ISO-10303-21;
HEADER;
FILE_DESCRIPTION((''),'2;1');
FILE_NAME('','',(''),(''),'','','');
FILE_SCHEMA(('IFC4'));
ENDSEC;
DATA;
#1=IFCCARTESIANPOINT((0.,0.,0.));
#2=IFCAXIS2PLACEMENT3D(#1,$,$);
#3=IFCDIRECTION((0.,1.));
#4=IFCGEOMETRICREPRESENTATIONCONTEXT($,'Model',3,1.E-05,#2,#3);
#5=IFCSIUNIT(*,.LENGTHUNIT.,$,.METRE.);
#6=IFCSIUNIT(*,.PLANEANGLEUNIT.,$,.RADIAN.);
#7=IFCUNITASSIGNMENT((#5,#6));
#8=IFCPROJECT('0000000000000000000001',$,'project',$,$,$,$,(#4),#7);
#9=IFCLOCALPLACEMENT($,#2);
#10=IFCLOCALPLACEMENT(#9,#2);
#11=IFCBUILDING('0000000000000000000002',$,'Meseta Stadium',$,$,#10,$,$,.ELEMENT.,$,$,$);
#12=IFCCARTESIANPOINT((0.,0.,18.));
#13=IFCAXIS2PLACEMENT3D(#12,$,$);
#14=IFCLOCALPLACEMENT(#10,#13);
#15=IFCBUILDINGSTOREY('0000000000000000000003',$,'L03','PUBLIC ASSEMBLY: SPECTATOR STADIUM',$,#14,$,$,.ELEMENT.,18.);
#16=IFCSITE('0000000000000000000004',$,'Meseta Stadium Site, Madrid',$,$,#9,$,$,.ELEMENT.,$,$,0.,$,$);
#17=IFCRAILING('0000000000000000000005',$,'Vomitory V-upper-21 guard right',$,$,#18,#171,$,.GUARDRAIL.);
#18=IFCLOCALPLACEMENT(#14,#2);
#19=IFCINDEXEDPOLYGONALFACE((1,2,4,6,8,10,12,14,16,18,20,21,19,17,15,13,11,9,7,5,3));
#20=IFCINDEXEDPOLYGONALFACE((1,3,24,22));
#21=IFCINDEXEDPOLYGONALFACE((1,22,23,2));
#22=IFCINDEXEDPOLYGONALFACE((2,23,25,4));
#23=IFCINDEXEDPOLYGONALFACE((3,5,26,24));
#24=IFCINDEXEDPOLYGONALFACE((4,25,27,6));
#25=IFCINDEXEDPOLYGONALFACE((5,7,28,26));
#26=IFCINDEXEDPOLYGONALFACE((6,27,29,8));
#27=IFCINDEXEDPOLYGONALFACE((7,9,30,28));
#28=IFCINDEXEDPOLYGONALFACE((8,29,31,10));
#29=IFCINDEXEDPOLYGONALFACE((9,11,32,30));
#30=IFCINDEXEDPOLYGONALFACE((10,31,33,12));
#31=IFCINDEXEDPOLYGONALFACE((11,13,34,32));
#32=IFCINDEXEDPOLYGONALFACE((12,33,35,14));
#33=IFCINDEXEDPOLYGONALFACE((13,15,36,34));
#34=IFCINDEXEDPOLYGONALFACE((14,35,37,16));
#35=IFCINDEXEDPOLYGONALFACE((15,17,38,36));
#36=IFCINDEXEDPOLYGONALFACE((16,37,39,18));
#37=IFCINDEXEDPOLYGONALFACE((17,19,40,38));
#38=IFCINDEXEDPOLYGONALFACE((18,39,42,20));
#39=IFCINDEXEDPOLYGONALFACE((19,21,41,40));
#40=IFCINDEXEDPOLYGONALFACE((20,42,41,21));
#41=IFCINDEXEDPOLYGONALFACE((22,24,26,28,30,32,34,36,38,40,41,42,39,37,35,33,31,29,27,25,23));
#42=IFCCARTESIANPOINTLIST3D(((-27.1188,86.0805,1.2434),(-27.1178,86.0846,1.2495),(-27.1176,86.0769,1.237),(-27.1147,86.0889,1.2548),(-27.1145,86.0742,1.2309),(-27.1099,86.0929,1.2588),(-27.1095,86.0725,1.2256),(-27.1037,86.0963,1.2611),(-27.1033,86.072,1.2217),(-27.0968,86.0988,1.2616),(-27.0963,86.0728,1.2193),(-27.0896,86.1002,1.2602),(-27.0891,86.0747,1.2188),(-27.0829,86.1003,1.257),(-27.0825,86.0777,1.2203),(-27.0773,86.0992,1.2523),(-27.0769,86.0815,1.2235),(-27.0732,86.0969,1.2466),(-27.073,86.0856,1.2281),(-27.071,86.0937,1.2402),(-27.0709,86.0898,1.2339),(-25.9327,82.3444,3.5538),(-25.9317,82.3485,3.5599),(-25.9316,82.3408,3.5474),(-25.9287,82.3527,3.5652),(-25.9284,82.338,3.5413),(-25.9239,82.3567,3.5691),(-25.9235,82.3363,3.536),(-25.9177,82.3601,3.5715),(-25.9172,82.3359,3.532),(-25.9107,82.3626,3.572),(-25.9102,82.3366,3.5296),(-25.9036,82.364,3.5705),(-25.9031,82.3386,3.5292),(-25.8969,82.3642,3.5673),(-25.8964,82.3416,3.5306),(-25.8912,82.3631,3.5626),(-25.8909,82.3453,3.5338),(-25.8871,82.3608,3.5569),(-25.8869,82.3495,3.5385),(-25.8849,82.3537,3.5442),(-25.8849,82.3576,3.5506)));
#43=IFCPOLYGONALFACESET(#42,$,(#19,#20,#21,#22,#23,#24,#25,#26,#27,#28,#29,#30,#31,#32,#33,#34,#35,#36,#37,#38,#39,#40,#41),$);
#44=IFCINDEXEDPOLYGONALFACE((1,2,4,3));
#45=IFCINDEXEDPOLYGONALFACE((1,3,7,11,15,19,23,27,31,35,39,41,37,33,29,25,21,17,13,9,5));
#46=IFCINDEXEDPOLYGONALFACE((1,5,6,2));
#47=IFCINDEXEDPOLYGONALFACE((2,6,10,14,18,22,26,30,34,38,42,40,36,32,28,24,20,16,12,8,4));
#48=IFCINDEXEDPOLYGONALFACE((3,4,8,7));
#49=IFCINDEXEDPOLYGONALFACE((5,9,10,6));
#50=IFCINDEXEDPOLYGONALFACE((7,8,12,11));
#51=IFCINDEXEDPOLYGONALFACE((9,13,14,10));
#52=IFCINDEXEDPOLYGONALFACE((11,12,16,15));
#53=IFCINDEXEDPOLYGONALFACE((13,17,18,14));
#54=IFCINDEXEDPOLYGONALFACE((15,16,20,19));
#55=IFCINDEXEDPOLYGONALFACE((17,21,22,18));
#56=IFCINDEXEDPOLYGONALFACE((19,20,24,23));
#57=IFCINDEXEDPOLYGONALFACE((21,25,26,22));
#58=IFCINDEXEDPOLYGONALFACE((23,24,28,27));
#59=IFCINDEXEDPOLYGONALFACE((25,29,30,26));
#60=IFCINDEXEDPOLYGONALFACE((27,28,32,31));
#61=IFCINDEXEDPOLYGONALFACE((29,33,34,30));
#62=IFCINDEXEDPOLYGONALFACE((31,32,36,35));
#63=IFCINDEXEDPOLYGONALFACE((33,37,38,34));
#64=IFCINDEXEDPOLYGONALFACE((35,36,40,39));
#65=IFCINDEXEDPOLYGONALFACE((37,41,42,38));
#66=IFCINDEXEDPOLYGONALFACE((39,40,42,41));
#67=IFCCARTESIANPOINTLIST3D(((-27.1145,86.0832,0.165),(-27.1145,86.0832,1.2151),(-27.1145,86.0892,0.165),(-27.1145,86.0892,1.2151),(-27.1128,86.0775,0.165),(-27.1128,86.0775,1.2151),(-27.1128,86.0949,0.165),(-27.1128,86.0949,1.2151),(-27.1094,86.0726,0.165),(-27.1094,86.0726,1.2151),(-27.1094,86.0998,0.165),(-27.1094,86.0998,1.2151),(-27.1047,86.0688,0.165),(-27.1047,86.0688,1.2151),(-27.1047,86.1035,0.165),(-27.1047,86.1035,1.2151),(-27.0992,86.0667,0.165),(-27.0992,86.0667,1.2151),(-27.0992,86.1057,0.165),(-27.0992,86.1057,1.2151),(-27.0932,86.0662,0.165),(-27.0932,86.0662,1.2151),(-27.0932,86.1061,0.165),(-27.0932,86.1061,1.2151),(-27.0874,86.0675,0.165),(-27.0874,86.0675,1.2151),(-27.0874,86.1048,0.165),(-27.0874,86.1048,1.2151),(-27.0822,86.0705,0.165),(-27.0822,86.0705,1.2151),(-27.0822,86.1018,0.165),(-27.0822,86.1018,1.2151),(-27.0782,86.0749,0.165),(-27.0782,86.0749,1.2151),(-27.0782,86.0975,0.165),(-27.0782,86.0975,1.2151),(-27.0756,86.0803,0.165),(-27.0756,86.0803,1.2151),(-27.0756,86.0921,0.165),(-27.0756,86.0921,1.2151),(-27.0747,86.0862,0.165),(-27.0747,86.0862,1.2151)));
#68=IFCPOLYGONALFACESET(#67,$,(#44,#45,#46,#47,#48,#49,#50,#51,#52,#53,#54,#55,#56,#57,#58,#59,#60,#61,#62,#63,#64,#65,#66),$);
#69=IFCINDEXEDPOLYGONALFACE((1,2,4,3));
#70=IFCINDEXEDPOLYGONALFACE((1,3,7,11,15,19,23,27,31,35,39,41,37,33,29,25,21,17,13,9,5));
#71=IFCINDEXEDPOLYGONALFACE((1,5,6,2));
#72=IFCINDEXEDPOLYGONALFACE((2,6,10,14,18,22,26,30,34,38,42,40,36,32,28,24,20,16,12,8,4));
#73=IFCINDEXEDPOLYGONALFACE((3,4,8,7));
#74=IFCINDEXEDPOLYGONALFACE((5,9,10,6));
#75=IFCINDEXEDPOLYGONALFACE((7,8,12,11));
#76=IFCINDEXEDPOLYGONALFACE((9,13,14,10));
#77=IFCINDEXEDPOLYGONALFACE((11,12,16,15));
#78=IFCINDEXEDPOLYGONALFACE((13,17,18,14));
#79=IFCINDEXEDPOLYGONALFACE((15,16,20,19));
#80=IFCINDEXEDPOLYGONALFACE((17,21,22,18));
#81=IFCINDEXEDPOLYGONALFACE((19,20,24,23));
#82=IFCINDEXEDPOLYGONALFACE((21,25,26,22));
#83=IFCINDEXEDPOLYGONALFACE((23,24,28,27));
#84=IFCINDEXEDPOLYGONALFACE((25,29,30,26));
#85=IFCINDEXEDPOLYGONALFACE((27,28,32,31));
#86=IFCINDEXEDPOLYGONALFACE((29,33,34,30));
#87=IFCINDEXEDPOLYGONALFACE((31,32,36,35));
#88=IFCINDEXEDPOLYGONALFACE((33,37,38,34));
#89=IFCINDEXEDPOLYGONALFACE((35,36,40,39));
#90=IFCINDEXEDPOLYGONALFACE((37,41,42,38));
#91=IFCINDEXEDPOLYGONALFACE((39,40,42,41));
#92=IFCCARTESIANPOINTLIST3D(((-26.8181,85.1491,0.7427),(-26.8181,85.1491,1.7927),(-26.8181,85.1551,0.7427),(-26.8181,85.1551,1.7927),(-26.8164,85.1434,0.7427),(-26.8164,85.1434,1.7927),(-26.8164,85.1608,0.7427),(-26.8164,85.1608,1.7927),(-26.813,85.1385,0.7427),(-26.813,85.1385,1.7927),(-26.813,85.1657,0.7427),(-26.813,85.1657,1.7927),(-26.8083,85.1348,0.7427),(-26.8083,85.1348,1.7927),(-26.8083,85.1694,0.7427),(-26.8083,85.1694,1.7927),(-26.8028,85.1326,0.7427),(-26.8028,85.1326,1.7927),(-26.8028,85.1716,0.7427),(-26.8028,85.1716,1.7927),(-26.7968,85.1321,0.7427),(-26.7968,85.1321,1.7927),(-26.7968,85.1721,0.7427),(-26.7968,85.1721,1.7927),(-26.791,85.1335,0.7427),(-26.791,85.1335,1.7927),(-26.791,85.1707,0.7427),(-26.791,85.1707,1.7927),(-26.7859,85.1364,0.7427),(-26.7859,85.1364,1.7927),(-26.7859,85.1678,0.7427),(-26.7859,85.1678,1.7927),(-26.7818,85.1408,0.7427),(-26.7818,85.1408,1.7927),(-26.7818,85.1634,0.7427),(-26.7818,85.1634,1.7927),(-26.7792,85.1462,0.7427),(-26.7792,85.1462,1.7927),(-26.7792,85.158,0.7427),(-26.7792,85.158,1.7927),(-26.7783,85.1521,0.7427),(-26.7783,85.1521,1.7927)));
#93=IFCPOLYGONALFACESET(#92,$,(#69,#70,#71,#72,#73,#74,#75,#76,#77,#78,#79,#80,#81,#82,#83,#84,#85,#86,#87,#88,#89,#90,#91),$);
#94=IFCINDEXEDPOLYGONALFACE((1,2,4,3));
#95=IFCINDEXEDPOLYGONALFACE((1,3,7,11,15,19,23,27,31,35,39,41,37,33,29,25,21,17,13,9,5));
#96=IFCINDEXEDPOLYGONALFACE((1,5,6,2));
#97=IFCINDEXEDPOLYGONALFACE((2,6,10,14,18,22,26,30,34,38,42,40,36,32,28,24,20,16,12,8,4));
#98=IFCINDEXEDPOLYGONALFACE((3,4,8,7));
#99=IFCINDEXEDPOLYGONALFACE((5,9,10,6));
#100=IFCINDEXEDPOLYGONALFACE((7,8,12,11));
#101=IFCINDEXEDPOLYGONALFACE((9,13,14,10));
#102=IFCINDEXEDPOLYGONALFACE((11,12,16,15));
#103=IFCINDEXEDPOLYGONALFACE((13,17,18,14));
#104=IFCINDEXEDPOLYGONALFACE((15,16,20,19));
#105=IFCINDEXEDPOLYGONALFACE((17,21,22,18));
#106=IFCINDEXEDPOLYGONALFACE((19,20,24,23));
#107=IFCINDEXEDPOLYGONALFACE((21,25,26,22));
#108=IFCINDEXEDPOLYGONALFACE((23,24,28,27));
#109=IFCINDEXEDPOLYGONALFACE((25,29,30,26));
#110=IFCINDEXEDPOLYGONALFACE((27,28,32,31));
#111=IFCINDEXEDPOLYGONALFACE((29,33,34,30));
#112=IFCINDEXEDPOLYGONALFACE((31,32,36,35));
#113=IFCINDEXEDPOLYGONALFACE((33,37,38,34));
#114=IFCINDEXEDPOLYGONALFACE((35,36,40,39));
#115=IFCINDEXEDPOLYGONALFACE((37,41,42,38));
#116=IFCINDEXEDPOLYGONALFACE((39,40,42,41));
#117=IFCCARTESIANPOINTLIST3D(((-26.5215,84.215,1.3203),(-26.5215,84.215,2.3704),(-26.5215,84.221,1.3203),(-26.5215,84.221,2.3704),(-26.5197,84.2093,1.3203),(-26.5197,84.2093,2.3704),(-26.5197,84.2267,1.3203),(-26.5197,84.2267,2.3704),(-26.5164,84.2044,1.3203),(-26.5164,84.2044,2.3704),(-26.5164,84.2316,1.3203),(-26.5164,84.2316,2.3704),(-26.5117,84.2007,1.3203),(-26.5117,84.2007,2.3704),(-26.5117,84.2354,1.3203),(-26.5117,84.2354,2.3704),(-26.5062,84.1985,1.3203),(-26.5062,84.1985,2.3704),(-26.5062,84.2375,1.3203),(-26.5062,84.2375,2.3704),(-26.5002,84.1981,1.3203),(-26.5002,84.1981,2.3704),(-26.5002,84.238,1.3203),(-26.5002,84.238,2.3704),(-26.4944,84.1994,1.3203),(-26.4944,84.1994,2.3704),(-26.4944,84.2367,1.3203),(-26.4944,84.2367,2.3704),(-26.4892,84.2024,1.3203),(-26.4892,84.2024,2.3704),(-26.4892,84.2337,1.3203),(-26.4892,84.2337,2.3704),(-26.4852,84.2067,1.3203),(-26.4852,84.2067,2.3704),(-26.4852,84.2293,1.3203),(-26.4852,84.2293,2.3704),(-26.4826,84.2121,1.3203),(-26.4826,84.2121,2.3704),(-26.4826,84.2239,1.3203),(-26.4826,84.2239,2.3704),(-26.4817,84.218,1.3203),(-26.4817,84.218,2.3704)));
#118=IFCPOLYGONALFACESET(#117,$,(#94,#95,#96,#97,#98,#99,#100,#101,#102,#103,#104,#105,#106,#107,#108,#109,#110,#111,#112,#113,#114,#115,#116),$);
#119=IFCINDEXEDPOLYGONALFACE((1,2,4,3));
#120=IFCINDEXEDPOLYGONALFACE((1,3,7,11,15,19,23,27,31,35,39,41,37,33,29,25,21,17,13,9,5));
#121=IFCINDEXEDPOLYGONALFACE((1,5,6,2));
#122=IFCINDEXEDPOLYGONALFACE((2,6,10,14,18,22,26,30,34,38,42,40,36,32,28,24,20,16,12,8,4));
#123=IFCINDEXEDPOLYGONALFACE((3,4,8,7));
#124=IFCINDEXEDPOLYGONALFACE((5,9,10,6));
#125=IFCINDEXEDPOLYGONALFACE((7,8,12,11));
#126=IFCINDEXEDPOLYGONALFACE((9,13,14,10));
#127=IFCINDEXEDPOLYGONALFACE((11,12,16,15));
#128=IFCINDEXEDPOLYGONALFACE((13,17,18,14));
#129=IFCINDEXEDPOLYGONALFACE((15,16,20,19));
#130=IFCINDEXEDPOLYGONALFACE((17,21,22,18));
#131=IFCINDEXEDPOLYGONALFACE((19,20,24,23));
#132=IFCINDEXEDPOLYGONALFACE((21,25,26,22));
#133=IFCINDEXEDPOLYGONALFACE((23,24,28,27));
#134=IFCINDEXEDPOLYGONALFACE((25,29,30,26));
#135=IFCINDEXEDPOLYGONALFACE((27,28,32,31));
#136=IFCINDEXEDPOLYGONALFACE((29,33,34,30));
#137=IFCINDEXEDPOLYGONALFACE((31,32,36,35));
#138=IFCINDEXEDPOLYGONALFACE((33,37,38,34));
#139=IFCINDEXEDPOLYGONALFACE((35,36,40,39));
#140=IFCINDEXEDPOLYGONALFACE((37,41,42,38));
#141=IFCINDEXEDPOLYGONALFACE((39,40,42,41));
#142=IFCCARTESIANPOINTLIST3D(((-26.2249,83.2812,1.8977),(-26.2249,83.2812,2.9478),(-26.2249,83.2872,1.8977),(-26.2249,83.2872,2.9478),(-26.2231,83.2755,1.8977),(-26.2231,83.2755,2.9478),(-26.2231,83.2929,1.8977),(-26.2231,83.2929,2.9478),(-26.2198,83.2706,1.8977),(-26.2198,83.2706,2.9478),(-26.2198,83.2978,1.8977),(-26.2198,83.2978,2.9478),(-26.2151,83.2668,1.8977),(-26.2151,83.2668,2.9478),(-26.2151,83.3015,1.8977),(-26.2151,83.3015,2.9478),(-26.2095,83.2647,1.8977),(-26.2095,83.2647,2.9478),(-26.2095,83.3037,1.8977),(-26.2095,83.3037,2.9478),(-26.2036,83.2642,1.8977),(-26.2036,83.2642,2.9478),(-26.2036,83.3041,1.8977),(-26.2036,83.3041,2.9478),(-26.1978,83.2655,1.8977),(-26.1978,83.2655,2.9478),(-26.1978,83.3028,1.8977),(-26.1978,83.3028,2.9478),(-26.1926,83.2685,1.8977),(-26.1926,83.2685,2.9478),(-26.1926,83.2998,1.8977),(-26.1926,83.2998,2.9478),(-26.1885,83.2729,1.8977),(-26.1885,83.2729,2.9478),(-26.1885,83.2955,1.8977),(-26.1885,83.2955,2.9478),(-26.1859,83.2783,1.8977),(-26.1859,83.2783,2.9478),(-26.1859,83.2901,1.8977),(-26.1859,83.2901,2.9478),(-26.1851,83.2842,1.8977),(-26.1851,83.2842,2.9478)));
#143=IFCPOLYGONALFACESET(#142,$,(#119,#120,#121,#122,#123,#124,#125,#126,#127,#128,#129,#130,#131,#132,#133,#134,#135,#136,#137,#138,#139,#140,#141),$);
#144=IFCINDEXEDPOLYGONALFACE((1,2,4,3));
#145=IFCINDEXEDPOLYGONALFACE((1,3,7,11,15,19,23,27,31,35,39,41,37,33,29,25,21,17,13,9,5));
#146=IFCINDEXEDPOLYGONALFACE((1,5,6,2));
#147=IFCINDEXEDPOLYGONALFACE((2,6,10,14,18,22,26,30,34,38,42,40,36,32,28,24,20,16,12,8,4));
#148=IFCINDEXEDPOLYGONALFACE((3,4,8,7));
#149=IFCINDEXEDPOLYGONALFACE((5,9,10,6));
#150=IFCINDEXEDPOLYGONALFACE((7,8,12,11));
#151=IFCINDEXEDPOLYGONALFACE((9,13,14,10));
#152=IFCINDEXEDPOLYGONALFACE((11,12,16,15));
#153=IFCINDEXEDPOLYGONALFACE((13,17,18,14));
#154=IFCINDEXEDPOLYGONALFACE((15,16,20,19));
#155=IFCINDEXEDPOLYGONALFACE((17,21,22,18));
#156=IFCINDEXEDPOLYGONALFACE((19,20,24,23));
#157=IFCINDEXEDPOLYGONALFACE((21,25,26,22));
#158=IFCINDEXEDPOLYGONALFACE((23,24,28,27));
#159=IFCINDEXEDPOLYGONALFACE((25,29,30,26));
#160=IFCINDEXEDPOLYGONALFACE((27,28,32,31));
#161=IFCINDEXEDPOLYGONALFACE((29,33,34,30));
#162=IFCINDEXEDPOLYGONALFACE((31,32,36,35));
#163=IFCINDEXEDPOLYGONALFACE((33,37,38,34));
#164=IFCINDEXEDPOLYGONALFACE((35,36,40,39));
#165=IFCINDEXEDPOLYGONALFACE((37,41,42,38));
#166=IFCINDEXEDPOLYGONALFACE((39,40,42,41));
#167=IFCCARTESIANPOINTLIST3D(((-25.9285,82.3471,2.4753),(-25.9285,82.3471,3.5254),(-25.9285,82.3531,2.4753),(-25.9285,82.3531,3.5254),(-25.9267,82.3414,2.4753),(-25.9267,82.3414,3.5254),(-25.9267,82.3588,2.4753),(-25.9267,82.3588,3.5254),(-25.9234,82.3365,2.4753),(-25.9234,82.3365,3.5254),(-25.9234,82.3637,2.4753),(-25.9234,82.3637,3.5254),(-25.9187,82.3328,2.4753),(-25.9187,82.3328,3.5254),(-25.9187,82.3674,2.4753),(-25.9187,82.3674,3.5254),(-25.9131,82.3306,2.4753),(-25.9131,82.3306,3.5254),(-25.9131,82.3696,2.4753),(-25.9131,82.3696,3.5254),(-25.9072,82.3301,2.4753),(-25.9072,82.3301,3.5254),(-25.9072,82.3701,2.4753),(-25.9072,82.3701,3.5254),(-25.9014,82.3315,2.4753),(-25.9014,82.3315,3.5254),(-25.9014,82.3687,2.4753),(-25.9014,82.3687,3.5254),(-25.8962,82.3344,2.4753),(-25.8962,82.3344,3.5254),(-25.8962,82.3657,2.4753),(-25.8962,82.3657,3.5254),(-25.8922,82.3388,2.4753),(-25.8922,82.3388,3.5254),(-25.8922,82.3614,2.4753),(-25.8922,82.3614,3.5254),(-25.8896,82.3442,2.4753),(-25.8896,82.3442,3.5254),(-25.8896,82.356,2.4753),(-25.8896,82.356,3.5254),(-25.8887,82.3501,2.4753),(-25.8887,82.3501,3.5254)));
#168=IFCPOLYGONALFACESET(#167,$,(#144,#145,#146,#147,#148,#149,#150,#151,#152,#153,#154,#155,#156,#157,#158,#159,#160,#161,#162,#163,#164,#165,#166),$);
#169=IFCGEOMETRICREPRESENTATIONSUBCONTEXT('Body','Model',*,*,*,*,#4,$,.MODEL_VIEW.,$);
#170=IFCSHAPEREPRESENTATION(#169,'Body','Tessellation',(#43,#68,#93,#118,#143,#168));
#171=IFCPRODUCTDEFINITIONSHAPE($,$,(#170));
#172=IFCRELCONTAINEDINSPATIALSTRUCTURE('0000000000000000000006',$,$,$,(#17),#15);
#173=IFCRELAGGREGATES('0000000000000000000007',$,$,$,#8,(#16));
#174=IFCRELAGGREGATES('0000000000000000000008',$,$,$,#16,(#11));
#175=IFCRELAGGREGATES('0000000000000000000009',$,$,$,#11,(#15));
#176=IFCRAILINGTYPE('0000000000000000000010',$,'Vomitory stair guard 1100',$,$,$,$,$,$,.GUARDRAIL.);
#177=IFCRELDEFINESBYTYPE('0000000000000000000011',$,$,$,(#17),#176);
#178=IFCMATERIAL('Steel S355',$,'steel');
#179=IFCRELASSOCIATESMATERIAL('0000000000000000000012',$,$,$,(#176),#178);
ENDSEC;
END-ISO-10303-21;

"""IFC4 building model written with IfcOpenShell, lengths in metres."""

from ifc_helpers import new_model, si_unit, direction, frame, origin, origin_2d, place, context, subcontext, project, spatial, circle, extrude, material, type_object, element, save


model = new_model("IFC4")

# Units and contexts
model_context = context("Model", 3, precision=1e-05, world=origin(), true_north=direction((0.0, 1.0)))
body_context = subcontext(model_context, "Body", "Model", "MODEL_VIEW")
ifc_project = project(units=[si_unit("LENGTHUNIT", "METRE"), si_unit("PLANEANGLEUNIT", "RADIAN")], contexts=[model_context])

# Site, building, storey
site_placement = place(None, origin())
site = spatial("IfcSite", under=ifc_project, at=site_placement, Name="Meseta Stadium Site, Madrid", CompositionType="ELEMENT", RefElevation=0.0)
building_placement = place(site_placement, origin())
building = spatial("IfcBuilding", under=site, at=building_placement, Name="Meseta Stadium", CompositionType="ELEMENT")
storey_placement = place(building_placement, frame((0.0, 0.0, 18.0)))
storey = spatial("IfcBuildingStorey", under=building, at=storey_placement, Name="L03", Description="PUBLIC ASSEMBLY: SPECTATOR STADIUM", CompositionType="ELEMENT", Elevation=18.0)

# Railing
ifc_material_1 = material(Name="Steel S355", Category="steel")
railing_type_1 = type_object("IfcRailingType", Name="Vomitory stair guard 1100", PredefinedType="GUARDRAIL", material=ifc_material_1)
railing_1_placement = place(storey_placement, frame((-27.0947, 86.0862, 0.165)))
element("IfcRailing", 1, at=railing_1_placement, inside=storey, type_object=railing_type_1, Name="Vomitory V-upper-21 guard right", PredefinedType="GUARDRAIL", context=body_context, shape_type="SweptSolid", body=[
    extrude(circle(Radius=0.0249, at=origin_2d()), frame((0.0, 0.0, 1.0752), z_axis=(0.260667, -0.821117, 0.507759), x_axis=(0.953126, 0.302574, 0.0)), (0.0, 0.0, 1.0), 4.55),
    extrude(circle(Radius=0.02, at=origin_2d()), origin(), (0.0, 0.0, 1.0), 1.05),
    extrude(circle(Radius=0.02, at=origin_2d()), frame((0.2964, -0.9341, 0.5776)), (0.0, 0.0, 1.0), 1.05),
    extrude(circle(Radius=0.02, at=origin_2d()), frame((0.593, -1.8682, 1.1553)), (0.0, 0.0, 1.0), 1.05),
    extrude(circle(Radius=0.02, at=origin_2d()), frame((0.8896, -2.802, 1.7327)), (0.0, 0.0, 1.0), 1.05),
    extrude(circle(Radius=0.02, at=origin_2d()), frame((1.186, -3.7361, 2.3103)), (0.0, 0.0, 1.0), 1.05),
])

save(model, "model.ifc")
